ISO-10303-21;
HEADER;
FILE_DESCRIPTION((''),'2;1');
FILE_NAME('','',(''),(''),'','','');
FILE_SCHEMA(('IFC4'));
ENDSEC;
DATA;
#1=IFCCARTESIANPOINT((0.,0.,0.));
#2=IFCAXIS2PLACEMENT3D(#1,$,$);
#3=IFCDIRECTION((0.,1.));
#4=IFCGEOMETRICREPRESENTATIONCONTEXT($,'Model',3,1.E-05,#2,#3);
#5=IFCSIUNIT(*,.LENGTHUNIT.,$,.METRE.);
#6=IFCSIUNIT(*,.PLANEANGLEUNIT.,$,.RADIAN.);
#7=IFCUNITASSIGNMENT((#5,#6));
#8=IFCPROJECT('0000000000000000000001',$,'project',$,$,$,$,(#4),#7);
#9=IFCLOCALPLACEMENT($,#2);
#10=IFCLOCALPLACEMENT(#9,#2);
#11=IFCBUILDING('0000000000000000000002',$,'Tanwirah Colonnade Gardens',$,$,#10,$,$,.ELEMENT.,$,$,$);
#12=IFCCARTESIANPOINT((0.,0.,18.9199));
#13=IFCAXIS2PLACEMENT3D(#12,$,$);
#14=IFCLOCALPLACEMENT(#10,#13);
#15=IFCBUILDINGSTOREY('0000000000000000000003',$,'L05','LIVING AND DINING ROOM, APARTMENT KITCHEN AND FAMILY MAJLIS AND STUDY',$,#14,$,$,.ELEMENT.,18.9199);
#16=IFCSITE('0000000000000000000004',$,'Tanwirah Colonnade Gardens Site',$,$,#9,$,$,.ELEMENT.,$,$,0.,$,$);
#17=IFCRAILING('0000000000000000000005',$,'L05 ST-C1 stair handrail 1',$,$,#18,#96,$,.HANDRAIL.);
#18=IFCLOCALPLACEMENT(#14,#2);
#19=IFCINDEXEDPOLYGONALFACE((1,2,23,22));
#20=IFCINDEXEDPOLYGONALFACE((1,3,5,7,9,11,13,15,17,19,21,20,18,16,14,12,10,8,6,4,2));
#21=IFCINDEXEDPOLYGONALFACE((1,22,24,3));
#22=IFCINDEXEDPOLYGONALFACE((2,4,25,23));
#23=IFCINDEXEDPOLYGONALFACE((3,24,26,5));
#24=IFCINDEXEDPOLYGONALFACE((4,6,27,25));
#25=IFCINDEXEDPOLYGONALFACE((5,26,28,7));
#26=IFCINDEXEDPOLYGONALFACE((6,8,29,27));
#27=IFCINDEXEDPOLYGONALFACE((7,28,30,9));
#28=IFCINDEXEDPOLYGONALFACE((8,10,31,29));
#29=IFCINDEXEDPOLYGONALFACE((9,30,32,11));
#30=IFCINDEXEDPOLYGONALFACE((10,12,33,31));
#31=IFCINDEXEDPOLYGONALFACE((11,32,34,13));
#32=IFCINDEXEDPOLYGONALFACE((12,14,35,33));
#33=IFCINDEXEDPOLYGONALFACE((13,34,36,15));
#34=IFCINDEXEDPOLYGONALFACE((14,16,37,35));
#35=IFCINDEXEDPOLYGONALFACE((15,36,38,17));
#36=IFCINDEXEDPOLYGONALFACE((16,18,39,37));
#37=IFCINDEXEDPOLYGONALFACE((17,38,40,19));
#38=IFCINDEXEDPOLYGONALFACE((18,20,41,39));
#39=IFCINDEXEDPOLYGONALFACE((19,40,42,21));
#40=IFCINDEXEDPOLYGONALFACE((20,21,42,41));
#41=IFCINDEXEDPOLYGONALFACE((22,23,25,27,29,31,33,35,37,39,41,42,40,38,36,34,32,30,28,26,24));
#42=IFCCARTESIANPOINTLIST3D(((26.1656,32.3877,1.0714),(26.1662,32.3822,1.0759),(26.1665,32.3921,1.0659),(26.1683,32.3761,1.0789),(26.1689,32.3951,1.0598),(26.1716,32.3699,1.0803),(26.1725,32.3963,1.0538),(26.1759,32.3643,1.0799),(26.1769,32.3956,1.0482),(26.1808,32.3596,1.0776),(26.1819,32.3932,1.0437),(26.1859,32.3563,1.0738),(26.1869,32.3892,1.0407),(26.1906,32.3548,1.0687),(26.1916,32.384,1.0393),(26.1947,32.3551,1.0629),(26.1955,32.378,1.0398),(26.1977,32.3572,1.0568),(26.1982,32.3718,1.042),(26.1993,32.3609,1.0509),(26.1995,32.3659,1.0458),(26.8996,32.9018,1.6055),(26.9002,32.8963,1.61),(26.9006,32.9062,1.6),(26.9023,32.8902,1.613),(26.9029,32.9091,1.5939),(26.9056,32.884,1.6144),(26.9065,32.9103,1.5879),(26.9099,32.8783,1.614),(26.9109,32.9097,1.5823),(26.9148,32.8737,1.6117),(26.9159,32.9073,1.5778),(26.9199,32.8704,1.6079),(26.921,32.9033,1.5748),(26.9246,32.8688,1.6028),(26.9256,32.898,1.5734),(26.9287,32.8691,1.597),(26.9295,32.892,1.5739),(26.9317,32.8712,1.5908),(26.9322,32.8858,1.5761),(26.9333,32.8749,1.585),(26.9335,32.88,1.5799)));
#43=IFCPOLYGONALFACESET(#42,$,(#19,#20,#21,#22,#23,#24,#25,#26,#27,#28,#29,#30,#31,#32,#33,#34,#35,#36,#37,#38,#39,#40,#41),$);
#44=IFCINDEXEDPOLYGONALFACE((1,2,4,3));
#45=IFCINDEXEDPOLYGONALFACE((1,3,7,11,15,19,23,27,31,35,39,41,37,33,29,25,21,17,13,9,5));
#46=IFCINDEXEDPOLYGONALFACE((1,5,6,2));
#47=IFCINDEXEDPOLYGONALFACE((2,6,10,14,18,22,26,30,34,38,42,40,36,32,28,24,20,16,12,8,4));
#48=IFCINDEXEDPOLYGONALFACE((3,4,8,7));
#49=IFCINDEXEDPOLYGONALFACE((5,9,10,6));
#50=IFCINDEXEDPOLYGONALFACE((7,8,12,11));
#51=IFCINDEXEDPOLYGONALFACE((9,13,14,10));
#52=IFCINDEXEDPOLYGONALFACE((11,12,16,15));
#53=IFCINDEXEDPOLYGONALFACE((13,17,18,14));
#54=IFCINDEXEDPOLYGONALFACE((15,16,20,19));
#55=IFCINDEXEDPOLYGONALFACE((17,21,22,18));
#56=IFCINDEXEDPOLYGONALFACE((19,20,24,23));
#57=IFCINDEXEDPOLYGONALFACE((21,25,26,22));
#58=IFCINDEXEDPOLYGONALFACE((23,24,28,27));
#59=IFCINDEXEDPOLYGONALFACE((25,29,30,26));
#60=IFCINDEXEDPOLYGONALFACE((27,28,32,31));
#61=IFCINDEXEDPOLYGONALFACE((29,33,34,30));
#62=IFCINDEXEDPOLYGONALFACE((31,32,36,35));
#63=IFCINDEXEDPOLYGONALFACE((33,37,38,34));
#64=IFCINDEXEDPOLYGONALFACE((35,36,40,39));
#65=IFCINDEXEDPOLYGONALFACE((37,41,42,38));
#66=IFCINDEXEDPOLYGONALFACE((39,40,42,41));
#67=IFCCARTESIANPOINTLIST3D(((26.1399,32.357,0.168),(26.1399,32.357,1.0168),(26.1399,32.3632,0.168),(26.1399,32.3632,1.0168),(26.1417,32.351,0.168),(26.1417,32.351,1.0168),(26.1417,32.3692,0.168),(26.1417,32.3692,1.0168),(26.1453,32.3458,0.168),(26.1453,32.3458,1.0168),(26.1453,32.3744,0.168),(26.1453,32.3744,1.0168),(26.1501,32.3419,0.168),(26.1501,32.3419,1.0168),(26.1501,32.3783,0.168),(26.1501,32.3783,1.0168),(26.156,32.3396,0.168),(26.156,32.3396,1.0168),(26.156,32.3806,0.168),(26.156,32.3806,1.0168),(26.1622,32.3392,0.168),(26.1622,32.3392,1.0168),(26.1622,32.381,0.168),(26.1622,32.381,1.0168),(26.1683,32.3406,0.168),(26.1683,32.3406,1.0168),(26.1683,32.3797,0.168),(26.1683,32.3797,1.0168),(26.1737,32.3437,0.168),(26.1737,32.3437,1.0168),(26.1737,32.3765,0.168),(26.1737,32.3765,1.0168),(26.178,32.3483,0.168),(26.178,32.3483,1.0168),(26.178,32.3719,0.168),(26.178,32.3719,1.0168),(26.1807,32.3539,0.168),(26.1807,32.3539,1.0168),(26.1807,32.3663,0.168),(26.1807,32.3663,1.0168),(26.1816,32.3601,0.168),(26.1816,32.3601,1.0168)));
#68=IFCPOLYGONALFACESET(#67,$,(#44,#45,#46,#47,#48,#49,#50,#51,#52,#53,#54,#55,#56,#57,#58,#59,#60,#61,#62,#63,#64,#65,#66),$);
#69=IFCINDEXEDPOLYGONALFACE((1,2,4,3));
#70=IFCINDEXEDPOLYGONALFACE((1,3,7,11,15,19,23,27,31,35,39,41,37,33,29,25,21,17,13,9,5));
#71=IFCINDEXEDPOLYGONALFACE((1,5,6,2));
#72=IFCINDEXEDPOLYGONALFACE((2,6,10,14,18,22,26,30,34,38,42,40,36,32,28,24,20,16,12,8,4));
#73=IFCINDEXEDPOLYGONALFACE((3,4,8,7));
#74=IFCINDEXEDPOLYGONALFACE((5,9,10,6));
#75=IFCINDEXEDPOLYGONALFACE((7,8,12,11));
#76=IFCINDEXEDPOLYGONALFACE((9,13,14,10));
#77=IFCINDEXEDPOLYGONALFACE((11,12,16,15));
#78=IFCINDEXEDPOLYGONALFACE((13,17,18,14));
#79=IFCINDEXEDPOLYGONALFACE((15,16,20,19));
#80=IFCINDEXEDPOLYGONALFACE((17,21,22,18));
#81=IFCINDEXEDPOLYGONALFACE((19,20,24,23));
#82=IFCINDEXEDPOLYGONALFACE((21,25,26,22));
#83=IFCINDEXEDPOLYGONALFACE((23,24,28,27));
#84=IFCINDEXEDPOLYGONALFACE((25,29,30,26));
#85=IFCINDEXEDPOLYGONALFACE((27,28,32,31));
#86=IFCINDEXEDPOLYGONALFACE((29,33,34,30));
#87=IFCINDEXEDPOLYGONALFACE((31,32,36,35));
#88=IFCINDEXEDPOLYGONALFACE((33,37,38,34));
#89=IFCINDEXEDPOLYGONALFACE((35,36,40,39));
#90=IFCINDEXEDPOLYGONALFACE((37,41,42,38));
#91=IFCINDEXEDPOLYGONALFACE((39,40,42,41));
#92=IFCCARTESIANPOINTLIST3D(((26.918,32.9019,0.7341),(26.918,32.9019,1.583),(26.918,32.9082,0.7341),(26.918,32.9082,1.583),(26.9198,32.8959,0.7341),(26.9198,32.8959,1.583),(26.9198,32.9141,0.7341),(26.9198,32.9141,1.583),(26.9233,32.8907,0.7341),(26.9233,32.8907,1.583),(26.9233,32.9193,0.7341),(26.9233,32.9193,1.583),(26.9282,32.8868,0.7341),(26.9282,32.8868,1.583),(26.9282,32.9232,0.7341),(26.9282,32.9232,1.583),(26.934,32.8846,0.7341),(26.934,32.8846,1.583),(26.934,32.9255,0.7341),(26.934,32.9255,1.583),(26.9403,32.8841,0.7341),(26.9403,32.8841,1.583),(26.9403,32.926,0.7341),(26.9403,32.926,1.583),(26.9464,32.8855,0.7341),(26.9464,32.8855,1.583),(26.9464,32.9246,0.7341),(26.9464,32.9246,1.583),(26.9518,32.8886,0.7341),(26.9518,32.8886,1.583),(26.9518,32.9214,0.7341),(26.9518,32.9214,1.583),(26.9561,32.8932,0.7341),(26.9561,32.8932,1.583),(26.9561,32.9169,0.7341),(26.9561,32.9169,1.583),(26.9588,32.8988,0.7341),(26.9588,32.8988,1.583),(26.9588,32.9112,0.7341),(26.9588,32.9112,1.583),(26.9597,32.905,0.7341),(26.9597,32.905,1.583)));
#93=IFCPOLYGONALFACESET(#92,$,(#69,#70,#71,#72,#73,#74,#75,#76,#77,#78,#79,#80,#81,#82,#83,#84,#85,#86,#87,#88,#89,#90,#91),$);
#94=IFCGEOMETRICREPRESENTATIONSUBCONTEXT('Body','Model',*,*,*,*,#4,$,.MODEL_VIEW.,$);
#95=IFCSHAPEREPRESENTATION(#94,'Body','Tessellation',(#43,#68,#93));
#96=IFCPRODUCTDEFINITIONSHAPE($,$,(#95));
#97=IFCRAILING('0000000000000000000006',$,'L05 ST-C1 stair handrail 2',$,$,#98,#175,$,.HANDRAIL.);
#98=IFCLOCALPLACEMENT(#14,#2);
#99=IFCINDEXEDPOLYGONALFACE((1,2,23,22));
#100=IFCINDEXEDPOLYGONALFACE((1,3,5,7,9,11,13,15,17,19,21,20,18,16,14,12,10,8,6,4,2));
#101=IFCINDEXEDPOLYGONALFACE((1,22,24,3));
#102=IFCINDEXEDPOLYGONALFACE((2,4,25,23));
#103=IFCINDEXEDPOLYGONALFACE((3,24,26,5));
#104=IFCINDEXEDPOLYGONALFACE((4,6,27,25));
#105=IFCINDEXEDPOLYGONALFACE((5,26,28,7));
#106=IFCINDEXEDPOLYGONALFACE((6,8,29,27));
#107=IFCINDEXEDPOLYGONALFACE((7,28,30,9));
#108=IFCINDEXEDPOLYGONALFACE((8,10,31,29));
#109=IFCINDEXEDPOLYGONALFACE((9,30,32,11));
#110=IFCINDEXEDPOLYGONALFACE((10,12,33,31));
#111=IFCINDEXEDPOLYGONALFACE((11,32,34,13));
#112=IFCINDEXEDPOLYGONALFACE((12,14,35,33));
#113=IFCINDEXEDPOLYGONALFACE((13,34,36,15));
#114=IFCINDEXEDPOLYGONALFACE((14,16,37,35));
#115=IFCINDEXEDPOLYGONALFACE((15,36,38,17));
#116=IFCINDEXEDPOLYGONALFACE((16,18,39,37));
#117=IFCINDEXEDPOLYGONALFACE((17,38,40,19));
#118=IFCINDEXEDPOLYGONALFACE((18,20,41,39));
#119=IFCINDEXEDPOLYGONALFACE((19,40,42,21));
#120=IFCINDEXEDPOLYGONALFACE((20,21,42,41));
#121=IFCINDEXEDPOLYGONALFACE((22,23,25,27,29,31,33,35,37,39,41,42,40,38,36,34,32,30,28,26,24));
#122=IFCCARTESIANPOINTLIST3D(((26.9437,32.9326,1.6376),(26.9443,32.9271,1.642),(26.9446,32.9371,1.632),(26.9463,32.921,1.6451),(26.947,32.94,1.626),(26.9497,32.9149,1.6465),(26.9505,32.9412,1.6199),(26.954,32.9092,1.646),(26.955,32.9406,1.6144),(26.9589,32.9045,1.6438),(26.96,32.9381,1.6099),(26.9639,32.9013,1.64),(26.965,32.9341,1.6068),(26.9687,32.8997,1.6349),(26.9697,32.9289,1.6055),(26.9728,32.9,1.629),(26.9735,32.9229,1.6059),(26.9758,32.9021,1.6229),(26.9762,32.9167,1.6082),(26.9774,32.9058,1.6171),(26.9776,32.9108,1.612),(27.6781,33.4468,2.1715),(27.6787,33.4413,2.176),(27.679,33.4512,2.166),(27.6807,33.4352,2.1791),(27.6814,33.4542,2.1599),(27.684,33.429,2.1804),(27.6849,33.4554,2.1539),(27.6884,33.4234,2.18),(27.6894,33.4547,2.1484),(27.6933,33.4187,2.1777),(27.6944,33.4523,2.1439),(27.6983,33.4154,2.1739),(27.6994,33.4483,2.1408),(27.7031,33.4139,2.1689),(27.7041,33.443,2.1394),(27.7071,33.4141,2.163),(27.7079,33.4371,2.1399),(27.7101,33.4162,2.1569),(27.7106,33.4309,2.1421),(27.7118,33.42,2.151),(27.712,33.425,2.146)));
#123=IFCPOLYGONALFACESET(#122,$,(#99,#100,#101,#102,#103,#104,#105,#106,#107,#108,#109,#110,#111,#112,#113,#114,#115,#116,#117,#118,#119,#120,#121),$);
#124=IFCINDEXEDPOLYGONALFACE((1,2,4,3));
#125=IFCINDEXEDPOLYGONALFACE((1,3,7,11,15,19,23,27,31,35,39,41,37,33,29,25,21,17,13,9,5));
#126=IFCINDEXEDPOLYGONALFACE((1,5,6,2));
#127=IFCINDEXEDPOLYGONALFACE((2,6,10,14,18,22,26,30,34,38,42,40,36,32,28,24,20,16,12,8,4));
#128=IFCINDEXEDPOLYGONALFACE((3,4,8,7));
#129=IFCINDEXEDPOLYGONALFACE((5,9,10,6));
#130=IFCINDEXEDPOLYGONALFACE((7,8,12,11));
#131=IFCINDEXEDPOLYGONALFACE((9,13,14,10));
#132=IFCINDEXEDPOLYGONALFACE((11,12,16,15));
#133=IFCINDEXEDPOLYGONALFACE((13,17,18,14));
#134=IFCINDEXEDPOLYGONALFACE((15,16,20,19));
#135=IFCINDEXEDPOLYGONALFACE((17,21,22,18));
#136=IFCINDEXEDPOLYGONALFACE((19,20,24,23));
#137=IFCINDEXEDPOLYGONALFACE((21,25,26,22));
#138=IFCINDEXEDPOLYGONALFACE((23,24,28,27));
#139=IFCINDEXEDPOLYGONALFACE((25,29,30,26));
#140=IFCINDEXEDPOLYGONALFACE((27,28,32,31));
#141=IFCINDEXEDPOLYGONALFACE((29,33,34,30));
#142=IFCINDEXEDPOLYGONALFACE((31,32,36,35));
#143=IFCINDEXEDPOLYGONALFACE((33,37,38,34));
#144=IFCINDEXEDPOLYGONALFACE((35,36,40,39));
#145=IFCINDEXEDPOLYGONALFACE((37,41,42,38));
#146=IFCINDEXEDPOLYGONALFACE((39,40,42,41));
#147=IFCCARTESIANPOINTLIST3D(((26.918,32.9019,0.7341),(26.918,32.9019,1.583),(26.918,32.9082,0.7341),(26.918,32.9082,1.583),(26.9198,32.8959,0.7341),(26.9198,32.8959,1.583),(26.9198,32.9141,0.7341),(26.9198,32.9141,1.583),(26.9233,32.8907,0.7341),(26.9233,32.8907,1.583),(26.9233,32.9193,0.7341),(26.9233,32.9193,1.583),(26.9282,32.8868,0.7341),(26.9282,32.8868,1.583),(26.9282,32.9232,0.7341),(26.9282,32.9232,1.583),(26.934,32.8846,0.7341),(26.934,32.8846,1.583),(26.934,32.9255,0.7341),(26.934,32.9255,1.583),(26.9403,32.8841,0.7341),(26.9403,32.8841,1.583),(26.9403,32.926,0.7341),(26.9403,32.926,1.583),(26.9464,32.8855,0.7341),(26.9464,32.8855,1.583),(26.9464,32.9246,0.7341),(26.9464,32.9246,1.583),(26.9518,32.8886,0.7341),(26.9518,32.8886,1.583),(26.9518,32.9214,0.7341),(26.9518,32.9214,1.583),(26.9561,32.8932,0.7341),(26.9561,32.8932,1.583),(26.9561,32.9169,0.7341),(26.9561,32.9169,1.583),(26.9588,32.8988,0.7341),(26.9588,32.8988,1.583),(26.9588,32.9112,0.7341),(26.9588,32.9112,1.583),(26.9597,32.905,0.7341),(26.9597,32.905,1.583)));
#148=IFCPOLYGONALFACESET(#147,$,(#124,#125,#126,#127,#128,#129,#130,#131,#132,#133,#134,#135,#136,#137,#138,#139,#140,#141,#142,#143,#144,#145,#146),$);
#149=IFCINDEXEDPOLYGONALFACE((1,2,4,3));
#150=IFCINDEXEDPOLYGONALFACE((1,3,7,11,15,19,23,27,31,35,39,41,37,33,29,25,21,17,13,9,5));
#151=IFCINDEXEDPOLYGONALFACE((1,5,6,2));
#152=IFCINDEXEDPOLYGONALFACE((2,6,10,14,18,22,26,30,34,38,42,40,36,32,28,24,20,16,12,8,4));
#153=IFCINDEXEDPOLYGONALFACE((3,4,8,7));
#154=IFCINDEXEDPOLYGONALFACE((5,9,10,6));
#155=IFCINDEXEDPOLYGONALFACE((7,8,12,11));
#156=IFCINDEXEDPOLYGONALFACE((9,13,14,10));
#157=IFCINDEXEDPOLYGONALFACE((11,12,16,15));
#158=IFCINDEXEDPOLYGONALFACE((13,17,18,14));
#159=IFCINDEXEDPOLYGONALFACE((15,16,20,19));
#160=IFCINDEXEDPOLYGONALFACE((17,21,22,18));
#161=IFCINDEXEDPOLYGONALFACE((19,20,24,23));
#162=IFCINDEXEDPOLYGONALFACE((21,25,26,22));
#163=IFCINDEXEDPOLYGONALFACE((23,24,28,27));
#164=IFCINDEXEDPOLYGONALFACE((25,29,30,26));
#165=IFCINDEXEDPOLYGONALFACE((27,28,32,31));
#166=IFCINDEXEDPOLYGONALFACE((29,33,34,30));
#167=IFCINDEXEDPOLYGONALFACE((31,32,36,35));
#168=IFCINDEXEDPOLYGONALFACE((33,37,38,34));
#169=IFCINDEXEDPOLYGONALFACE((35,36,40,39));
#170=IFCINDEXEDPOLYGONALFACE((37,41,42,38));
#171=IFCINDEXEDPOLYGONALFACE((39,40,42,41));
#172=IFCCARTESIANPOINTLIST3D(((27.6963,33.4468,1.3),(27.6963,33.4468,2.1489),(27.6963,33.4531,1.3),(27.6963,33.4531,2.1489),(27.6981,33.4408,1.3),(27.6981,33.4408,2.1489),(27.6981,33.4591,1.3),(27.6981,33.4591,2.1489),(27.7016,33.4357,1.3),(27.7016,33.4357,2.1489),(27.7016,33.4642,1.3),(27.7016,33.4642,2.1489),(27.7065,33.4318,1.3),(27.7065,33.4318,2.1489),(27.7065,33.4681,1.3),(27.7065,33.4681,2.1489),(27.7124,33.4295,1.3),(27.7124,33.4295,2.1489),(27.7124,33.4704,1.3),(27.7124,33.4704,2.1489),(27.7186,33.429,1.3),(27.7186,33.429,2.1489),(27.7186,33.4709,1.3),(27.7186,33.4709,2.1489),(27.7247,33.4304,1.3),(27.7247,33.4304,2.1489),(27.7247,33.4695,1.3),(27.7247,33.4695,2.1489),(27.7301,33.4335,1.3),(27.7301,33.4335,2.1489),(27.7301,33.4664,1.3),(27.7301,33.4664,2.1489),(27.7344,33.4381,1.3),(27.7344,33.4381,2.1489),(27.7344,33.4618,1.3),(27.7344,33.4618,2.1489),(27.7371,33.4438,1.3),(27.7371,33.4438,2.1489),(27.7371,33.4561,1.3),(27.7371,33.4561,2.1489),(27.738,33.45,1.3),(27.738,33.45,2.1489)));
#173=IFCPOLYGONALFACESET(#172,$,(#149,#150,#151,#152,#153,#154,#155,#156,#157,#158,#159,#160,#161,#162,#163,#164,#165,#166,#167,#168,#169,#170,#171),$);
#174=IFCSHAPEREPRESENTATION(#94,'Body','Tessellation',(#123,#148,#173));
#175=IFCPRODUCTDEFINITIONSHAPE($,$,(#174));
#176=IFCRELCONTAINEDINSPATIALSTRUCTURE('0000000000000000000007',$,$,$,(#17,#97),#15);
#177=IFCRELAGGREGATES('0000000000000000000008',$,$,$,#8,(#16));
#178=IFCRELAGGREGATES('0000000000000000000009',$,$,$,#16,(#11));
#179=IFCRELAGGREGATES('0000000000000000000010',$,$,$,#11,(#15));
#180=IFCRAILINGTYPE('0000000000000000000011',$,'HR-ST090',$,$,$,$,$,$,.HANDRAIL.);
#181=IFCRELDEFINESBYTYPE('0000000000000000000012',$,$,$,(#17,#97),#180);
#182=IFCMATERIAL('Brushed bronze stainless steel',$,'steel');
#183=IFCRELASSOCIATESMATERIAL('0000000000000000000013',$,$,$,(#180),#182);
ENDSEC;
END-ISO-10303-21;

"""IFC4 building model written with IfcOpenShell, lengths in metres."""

from ifc_helpers import new_model, si_unit, direction, frame, origin, origin_2d, place, context, subcontext, project, spatial, circle, extrude, material, type_object, element, save


model = new_model("IFC4")

# Units and contexts
model_context = context("Model", 3, precision=1e-05, world=origin(), true_north=direction((0.0, 1.0)))
body_context = subcontext(model_context, "Body", "Model", "MODEL_VIEW")
ifc_project = project(units=[si_unit("LENGTHUNIT", "METRE"), si_unit("PLANEANGLEUNIT", "RADIAN")], contexts=[model_context])

# Site, building, storey
site_placement = place(None, origin())
site = spatial("IfcSite", under=ifc_project, at=site_placement, Name="Tanwirah Colonnade Gardens Site", CompositionType="ELEMENT", RefElevation=0.0)
building_placement = place(site_placement, origin())
building = spatial("IfcBuilding", under=site, at=building_placement, Name="Tanwirah Colonnade Gardens", CompositionType="ELEMENT")
storey_placement = place(building_placement, frame((0.0, 0.0, 18.9199)))
storey = spatial("IfcBuildingStorey", under=building, at=storey_placement, Name="L05", Description="LIVING AND DINING ROOM, APARTMENT KITCHEN AND FAMILY MAJLIS AND STUDY", CompositionType="ELEMENT", Elevation=18.9199)

# Railings
ifc_material_1 = material(Name="Brushed bronze stainless steel", Category="steel")
railing_type_1 = type_object("IfcRailingType", Name="HR-ST090", PredefinedType="HANDRAIL", material=ifc_material_1)
railing_1_placement = place(storey_placement, frame((26.1606, 32.3601, 0.168)))
element("IfcRailing", 1, at=railing_1_placement, inside=storey, type_object=railing_type_1, Name="L05 ST-C1 stair handrail 1", PredefinedType="HANDRAIL", context=body_context, shape_type="SweptSolid", body=[
    extrude(circle(Radius=0.0239, at=origin_2d()), frame((0.022, 0.0154, 0.8918), z_axis=(0.703607, 0.492767, 0.511975), x_axis=(-0.573652, 0.819099, 0.0)), (0.0, 0.0, 1.0), 1.0432),
    extrude(circle(Radius=0.021, at=origin_2d()), origin(), (0.0, 0.0, 1.0), 0.8489),
    extrude(circle(Radius=0.021, at=origin_2d()), frame((0.7781, 0.5449, 0.5662)), (0.0, 0.0, 1.0), 0.8489),
])
railing_2_placement = place(storey_placement, frame((26.9387, 32.905, 0.7341)))
element("IfcRailing", 2, at=railing_2_placement, inside=storey, type_object=railing_type_1, Name="L05 ST-C1 stair handrail 2", PredefinedType="HANDRAIL", context=body_context, shape_type="SweptSolid", body=[
    extrude(circle(Radius=0.0239, at=origin_2d()), frame((0.022, 0.0154, 0.8918), z_axis=(0.703797, 0.492747, 0.511732), x_axis=(-0.573531, 0.819184, 0.0)), (0.0, 0.0, 1.0), 1.0435),
    extrude(circle(Radius=0.021, at=origin_2d()), origin(), (0.0, 0.0, 1.0), 0.8489),
    extrude(circle(Radius=0.021, at=origin_2d()), frame((0.7783, 0.5449, 0.5659)), (0.0, 0.0, 1.0), 0.8489),
])

save(model, "model.ifc")
